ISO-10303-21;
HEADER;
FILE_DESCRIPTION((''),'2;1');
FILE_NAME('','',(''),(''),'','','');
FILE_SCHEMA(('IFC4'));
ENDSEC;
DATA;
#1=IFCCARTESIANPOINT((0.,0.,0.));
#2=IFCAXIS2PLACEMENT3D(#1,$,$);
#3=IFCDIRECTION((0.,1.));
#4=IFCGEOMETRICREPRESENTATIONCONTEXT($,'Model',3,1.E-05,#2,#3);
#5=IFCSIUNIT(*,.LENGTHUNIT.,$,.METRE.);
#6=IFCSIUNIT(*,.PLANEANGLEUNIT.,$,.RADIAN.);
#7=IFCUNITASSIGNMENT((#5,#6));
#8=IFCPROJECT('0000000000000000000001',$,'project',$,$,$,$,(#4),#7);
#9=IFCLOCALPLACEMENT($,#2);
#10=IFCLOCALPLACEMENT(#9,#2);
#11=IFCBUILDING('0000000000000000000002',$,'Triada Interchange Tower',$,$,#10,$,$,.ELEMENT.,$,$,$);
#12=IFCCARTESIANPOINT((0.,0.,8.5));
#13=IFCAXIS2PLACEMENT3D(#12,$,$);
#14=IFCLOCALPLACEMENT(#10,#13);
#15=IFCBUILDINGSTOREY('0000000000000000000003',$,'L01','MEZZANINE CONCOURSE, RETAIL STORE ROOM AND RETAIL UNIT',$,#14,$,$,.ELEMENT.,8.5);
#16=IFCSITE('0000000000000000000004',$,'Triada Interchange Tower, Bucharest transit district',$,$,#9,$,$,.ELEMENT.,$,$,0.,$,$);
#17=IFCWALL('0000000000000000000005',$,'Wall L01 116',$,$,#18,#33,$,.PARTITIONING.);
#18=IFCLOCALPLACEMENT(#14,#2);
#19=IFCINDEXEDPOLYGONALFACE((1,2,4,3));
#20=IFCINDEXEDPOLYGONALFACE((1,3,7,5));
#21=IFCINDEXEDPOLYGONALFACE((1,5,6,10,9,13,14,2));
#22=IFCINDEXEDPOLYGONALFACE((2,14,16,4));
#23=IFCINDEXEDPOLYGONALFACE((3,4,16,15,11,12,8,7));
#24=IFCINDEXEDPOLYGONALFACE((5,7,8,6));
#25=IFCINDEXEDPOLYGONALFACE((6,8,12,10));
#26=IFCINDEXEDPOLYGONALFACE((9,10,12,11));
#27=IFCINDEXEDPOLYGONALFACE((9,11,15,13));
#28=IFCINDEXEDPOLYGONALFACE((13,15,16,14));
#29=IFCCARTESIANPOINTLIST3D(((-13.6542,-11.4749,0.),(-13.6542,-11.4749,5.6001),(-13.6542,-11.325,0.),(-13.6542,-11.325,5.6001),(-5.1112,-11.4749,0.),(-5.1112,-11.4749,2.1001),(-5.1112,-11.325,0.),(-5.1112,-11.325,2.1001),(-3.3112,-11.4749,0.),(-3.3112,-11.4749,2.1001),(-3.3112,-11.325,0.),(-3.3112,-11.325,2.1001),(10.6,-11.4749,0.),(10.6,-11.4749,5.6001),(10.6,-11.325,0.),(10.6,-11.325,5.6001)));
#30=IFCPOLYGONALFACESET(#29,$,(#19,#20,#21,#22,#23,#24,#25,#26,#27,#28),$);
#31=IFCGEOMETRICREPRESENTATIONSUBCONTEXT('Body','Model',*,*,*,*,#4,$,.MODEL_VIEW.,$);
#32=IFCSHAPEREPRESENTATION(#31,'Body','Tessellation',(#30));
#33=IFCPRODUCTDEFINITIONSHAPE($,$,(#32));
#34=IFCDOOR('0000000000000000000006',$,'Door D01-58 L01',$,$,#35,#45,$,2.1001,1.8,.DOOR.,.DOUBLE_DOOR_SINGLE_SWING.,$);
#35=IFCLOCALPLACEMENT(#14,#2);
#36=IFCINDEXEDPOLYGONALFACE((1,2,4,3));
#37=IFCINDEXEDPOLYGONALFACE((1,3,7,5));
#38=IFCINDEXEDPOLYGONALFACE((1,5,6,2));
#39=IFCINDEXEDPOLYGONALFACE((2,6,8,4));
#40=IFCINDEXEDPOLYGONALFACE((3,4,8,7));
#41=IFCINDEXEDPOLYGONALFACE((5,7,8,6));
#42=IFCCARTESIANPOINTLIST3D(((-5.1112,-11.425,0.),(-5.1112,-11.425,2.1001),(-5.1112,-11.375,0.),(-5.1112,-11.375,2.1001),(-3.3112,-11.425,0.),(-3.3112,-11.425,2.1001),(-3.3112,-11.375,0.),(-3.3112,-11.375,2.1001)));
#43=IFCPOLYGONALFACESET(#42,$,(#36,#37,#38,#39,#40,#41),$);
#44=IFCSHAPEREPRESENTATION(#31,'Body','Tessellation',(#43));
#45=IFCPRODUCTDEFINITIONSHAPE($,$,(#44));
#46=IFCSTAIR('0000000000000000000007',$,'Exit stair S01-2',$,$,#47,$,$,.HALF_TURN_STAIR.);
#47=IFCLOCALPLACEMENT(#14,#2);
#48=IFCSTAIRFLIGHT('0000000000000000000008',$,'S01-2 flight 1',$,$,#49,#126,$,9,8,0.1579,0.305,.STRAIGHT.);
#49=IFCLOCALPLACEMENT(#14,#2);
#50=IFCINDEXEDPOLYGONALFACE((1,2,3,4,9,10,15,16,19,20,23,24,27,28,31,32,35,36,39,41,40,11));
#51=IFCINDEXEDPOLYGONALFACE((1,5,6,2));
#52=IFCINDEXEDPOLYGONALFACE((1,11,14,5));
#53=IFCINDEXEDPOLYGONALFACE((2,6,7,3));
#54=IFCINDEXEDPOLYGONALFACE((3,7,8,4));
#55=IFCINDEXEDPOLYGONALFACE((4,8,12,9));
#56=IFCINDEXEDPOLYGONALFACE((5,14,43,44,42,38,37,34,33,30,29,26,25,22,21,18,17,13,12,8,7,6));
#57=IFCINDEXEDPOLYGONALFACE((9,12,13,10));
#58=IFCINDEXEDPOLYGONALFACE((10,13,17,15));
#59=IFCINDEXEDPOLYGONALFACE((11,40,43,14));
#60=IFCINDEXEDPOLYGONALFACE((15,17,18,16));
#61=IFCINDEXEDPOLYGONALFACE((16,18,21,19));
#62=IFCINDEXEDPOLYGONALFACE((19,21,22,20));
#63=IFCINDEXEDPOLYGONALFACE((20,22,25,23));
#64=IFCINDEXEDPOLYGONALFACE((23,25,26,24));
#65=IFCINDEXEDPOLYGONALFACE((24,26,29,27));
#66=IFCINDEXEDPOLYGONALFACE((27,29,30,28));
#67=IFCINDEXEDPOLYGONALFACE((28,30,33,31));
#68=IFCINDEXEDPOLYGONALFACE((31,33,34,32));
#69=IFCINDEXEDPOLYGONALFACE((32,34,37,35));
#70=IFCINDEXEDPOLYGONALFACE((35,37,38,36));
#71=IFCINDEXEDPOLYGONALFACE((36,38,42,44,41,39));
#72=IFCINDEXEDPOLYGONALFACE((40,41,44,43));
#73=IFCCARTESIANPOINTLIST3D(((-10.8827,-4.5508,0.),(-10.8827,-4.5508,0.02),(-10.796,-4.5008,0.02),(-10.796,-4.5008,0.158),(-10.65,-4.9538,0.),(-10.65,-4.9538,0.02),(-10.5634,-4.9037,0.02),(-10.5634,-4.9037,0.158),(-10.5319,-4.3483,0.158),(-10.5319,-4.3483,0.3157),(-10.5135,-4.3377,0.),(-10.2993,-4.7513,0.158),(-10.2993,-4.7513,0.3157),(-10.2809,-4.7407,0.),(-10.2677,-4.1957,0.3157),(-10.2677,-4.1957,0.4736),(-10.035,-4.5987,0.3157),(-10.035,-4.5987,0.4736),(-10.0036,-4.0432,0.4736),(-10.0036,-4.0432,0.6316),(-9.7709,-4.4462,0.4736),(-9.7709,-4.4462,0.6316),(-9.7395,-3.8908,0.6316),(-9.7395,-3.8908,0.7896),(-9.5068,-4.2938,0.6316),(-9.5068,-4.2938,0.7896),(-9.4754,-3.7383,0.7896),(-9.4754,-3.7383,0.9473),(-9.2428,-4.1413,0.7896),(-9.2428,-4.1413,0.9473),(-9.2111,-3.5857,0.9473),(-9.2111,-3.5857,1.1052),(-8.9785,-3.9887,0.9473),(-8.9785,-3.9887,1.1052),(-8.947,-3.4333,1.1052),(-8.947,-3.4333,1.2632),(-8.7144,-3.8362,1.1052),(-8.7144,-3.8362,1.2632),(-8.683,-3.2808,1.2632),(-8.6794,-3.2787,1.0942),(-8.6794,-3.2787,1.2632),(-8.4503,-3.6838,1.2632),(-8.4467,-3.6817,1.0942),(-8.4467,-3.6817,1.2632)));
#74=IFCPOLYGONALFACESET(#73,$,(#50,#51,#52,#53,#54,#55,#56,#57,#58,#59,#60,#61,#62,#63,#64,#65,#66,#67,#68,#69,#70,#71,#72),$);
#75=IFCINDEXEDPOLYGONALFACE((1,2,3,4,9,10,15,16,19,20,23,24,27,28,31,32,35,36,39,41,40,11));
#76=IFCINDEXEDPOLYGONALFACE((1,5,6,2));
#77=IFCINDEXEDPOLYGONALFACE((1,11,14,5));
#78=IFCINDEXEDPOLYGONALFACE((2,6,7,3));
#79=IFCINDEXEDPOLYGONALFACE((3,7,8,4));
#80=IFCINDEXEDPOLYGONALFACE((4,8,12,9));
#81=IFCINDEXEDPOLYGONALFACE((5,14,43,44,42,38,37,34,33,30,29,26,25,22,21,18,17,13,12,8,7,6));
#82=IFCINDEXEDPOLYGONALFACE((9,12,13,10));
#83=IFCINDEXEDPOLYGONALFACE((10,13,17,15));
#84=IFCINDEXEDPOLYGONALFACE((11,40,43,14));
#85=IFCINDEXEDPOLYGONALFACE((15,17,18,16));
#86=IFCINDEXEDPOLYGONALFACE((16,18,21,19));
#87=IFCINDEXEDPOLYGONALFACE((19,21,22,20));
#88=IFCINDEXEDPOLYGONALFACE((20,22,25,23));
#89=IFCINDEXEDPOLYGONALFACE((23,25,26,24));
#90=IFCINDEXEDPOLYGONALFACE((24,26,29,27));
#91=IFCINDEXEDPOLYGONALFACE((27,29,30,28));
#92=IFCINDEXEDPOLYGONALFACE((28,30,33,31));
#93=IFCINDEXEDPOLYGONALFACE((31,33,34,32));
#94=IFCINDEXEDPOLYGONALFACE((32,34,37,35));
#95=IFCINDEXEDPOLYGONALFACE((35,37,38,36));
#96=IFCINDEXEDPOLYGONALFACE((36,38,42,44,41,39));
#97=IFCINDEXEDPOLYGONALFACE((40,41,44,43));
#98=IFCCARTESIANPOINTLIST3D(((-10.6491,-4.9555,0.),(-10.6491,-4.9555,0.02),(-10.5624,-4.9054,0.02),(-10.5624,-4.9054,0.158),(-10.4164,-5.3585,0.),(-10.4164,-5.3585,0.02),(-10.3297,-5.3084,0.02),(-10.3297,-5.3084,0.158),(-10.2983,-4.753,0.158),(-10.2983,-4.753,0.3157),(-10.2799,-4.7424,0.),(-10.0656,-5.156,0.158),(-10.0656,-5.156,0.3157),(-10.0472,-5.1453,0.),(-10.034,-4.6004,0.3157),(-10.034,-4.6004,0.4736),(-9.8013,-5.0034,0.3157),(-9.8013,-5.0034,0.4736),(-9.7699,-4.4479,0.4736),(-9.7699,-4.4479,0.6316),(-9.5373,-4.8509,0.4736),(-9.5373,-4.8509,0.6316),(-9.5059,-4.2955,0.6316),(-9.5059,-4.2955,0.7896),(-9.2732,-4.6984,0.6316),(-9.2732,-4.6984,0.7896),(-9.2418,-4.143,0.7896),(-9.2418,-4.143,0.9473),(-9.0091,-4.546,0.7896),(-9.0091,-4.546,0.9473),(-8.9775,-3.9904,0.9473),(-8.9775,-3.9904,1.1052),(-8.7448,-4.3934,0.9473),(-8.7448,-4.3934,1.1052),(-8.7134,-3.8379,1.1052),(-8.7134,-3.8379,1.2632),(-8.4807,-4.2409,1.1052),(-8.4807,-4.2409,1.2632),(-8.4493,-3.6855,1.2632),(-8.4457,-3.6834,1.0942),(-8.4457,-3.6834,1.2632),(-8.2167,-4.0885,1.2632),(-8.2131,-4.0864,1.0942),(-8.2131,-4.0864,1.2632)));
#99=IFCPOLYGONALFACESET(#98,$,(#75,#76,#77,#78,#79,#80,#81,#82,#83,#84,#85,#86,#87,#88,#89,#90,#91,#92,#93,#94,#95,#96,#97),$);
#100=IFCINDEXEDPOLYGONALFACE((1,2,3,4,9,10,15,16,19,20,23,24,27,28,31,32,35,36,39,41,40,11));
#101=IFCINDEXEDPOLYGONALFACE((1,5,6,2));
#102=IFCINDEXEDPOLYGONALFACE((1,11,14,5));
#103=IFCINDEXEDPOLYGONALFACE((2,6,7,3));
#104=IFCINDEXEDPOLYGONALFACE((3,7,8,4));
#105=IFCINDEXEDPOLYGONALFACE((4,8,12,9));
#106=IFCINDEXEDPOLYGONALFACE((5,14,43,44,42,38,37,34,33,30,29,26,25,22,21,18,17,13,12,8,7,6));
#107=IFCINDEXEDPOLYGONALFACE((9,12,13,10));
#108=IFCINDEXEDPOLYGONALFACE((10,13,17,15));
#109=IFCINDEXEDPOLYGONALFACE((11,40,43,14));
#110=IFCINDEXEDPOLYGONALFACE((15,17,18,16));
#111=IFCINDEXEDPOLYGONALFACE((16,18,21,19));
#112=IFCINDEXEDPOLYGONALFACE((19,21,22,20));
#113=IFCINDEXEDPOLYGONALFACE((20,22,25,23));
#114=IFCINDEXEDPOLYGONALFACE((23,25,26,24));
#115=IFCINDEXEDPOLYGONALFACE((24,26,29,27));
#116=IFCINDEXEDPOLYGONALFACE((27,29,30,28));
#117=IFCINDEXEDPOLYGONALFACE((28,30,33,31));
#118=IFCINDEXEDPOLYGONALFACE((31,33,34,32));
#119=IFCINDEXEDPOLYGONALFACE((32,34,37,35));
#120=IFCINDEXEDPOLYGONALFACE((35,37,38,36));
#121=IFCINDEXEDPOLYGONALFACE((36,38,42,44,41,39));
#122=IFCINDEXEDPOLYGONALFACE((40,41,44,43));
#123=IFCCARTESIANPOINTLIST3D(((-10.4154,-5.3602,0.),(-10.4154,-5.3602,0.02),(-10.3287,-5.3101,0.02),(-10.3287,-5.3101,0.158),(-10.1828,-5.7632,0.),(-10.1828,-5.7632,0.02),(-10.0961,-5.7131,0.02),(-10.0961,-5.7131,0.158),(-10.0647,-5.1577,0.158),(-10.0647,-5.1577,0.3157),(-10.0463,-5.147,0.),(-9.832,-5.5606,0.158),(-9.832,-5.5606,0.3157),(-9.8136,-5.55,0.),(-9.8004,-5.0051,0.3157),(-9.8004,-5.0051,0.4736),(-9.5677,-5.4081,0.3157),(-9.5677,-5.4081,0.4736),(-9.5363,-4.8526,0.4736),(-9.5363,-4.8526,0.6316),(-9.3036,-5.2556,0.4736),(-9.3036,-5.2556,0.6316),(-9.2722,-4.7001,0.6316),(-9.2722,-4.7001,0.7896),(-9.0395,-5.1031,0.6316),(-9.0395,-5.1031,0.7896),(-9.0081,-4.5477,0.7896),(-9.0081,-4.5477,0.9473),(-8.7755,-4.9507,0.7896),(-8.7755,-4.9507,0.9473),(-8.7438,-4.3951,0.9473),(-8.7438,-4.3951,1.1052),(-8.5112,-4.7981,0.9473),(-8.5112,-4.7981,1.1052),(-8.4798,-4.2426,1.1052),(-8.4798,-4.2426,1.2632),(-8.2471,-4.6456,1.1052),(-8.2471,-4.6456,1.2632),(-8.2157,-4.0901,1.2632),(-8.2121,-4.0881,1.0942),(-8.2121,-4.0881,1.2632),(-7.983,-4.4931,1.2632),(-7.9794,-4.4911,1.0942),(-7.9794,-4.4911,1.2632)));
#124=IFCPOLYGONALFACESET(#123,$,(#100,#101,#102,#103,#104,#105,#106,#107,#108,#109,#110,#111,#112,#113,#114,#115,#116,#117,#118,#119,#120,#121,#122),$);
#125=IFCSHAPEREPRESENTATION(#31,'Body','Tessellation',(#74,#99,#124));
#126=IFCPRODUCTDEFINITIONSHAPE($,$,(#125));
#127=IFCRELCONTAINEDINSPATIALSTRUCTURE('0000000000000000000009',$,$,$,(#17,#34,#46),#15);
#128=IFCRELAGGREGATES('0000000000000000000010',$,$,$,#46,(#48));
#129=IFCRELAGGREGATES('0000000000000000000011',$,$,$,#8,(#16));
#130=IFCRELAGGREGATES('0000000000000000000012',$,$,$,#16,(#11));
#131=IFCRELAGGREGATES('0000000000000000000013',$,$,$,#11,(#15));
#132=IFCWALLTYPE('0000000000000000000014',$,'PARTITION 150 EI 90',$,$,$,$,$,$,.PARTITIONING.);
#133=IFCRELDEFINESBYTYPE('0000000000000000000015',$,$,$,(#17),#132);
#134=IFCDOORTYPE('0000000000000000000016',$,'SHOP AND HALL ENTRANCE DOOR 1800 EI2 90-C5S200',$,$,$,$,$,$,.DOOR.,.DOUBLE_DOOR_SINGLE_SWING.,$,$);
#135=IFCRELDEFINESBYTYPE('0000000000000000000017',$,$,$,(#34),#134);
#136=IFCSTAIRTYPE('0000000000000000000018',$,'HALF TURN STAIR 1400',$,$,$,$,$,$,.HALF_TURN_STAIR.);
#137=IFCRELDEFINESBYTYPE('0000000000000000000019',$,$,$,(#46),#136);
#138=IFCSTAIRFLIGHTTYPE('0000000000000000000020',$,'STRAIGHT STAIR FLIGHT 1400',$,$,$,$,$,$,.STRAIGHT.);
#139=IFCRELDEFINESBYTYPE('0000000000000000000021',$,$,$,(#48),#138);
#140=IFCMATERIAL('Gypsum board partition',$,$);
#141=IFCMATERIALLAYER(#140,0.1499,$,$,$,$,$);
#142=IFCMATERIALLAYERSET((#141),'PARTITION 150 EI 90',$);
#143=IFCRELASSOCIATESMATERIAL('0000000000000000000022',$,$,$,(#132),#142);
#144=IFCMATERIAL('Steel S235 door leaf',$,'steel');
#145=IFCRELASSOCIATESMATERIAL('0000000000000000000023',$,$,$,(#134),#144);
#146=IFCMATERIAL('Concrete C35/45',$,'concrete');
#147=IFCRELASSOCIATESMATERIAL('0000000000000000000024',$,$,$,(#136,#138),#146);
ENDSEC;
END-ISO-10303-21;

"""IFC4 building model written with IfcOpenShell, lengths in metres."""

from ifc_helpers import new_model, si_unit, direction, frame, frame_2d, origin, place, context, subcontext, project, spatial, polyline, rectangle, outline, extrude, material, layer, layer_set, type_object, element, fill, aggregate, save


model = new_model("IFC4")

# Units and contexts
model_context = context("Model", 3, precision=1e-05, world=origin(), true_north=direction((0.0, 1.0)))
body_context = subcontext(model_context, "Body", "Model", "MODEL_VIEW")
ifc_project = project(units=[si_unit("LENGTHUNIT", "METRE"), si_unit("PLANEANGLEUNIT", "RADIAN")], contexts=[model_context])

# Site, building, storey
site_placement = place(None, origin())
site = spatial("IfcSite", under=ifc_project, at=site_placement, Name="Triada Interchange Tower, Bucharest transit district", CompositionType="ELEMENT", RefElevation=0.0)
building_placement = place(site_placement, origin())
building = spatial("IfcBuilding", under=site, at=building_placement, Name="Triada Interchange Tower", CompositionType="ELEMENT")
storey_placement = place(building_placement, frame((0.0, 0.0, 8.5)))
storey = spatial("IfcBuildingStorey", under=building, at=storey_placement, Name="L01", Description="MEZZANINE CONCOURSE, RETAIL STORE ROOM AND RETAIL UNIT", CompositionType="ELEMENT", Elevation=8.5)

# Shared definitions
ifc_material_1 = material(Name="Concrete C35/45", Category="concrete")

# Shared definitions
ifc_material_2 = material(Name="Steel S235 door leaf", Category="steel")

# Shared definitions
ifc_material_3 = material(Name="Gypsum board partition")
ifc_layer_1 = layer(ifc_material_3, 0.1499)
ifc_layer_set_1 = layer_set([ifc_layer_1], Name="PARTITION 150 EI 90")
wall_type_1 = type_object("IfcWallType", Name="PARTITION 150 EI 90", PredefinedType="PARTITIONING", material=ifc_layer_set_1)

# Wall, opening, door
wall_1_placement = place(storey_placement, frame((-13.6541, -11.3999, 0.0), z_axis=(0.0, 0.0, 1.0), x_axis=(1.0, 0.0, 0.0)))
wall_1 = element("IfcWall", 1, at=wall_1_placement, inside=storey, type_object=wall_type_1, Name="Wall L01 116", PredefinedType="PARTITIONING", context=body_context, shape_type="SweptSolid", body=[
    extrude(rectangle(XDim=24.2542, YDim=0.1499, at=frame_2d((12.127, 0.0))), origin(), (0.0, 0.0, 1.0), 5.6001),
])
opening_1_placement = place(wall_1_placement, frame((8.543, 0.0, 0.0)))
opening_1 = element("IfcOpeningElement", 2, at=opening_1_placement, cuts=wall_1, PredefinedType="OPENING", context=body_context, shape_type="SweptSolid", body=[
    extrude(rectangle(XDim=1.8, YDim=2.1001, at=frame_2d((0.8999, 1.05))), frame((0.0, 0.085, 0.0), z_axis=(0.0, -1.0, 0.0), x_axis=(1.0, 0.0, 0.0)), (0.0, 0.0, 1.0), 0.1699),
])
door_type_1 = type_object("IfcDoorType", Name="SHOP AND HALL ENTRANCE DOOR 1800 EI2 90-C5S200", OperationType="DOUBLE_DOOR_SINGLE_SWING", PredefinedType="DOOR", material=ifc_material_2)
door_1_placement = place(opening_1_placement, origin())
door_1 = element("IfcDoor", 3, at=door_1_placement, inside=storey, type_object=door_type_1, Name="Door D01-58 L01", OperationType="DOUBLE_DOOR_SINGLE_SWING", OverallHeight=2.1001, OverallWidth=1.8, PredefinedType="DOOR", context=body_context, shape_type="SweptSolid", body=[
    extrude(rectangle(XDim=1.8, YDim=2.1001, at=frame_2d((0.8999, 1.05))), frame((0.0, 0.0249, 0.0), z_axis=(0.0, -1.0, 0.0), x_axis=(1.0, 0.0, 0.0)), (0.0, 0.0, 1.0), 0.05),
])
fill(opening_1, door_1)

# Stair, stair flight
stair_type = type_object("IfcStairType", Name="HALF TURN STAIR 1400", PredefinedType="HALF_TURN_STAIR", material=ifc_material_1)
stair_1_placement = place(storey_placement, origin())
stair_1 = element("IfcStair", 4, at=stair_1_placement, inside=storey, type_object=stair_type, Name="Exit stair S01-2", PredefinedType="HALF_TURN_STAIR")
stair_flight_type = type_object("IfcStairFlightType", Name="STRAIGHT STAIR FLIGHT 1400", PredefinedType="STRAIGHT", material=ifc_material_1)
stair_flight_1_placement = place(storey_placement, frame((-10.446, -5.1069, 0.0), z_axis=(0.0, 0.0, 1.0), x_axis=(0.866025, 0.5, 0.0)))
stair_flight_1 = element("IfcStairFlight", 5, at=stair_flight_1_placement, type_object=stair_flight_type, Name="S01-2 flight 1", NumberOfRisers=9, NumberOfTreads=8, PredefinedType="STRAIGHT", RiserHeight=0.1579, TreadLength=0.305, context=body_context, shape_type="SweptSolid", body=[
    extrude(outline(polyline([(-0.1001, 0.0), (-0.1001, 0.02), (0.0, 0.02), (0.0, 0.158), (0.3049, 0.158), (0.3049, 0.3157), (0.6101, 0.3157), (0.6101, 0.4736), (0.915, 0.4736), (0.915, 0.6316), (1.22, 0.6316), (1.22, 0.7896), (1.5249, 0.7896), (1.5249, 0.9473), (1.8301, 0.9473), (1.8301, 1.1052), (2.135, 1.1052), (2.135, 1.2632), (2.4399, 1.2632), (2.4441, 1.2632), (2.4441, 1.4209), (2.4441, 1.0942), (0.3262, 0.0), (-0.1001, 0.0)])), frame((0.0, 0.7, 0.0), z_axis=(0.0, -1.0, 0.0), x_axis=(1.0, 0.0, 0.0)), (0.0, 0.0, 1.0), 0.4653),
    extrude(outline(polyline([(-0.1001, 0.0), (-0.1001, 0.02), (0.0, 0.02), (0.0, 0.158), (0.3049, 0.158), (0.3049, 0.3157), (0.6101, 0.3157), (0.6101, 0.4736), (0.915, 0.4736), (0.915, 0.6316), (1.22, 0.6316), (1.22, 0.7896), (1.5249, 0.7896), (1.5249, 0.9473), (1.8301, 0.9473), (1.8301, 1.1052), (2.135, 1.1052), (2.135, 1.2632), (2.4399, 1.2632), (2.4441, 1.2632), (2.4441, 1.4209), (2.4441, 1.0942), (0.3262, 0.0), (-0.1001, 0.0)])), frame((0.0, 0.2327, 0.0), z_axis=(0.0, -1.0, 0.0), x_axis=(1.0, 0.0, 0.0)), (0.0, 0.0, 1.0), 0.4653),
    extrude(outline(polyline([(-0.1001, 0.0), (-0.1001, 0.02), (0.0, 0.02), (0.0, 0.158), (0.3049, 0.158), (0.3049, 0.3157), (0.6101, 0.3157), (0.6101, 0.4736), (0.915, 0.4736), (0.915, 0.6316), (1.22, 0.6316), (1.22, 0.7896), (1.5249, 0.7896), (1.5249, 0.9473), (1.8301, 0.9473), (1.8301, 1.1052), (2.135, 1.1052), (2.135, 1.2632), (2.4399, 1.2632), (2.4441, 1.2632), (2.4441, 1.4209), (2.4441, 1.0942), (0.3262, 0.0), (-0.1001, 0.0)])), frame((0.0, -0.2346, 0.0), z_axis=(0.0, -1.0, 0.0), x_axis=(1.0, 0.0, 0.0)), (0.0, 0.0, 1.0), 0.4653),
])

aggregate(stair_1, [stair_flight_1])

save(model, "model.ifc")
